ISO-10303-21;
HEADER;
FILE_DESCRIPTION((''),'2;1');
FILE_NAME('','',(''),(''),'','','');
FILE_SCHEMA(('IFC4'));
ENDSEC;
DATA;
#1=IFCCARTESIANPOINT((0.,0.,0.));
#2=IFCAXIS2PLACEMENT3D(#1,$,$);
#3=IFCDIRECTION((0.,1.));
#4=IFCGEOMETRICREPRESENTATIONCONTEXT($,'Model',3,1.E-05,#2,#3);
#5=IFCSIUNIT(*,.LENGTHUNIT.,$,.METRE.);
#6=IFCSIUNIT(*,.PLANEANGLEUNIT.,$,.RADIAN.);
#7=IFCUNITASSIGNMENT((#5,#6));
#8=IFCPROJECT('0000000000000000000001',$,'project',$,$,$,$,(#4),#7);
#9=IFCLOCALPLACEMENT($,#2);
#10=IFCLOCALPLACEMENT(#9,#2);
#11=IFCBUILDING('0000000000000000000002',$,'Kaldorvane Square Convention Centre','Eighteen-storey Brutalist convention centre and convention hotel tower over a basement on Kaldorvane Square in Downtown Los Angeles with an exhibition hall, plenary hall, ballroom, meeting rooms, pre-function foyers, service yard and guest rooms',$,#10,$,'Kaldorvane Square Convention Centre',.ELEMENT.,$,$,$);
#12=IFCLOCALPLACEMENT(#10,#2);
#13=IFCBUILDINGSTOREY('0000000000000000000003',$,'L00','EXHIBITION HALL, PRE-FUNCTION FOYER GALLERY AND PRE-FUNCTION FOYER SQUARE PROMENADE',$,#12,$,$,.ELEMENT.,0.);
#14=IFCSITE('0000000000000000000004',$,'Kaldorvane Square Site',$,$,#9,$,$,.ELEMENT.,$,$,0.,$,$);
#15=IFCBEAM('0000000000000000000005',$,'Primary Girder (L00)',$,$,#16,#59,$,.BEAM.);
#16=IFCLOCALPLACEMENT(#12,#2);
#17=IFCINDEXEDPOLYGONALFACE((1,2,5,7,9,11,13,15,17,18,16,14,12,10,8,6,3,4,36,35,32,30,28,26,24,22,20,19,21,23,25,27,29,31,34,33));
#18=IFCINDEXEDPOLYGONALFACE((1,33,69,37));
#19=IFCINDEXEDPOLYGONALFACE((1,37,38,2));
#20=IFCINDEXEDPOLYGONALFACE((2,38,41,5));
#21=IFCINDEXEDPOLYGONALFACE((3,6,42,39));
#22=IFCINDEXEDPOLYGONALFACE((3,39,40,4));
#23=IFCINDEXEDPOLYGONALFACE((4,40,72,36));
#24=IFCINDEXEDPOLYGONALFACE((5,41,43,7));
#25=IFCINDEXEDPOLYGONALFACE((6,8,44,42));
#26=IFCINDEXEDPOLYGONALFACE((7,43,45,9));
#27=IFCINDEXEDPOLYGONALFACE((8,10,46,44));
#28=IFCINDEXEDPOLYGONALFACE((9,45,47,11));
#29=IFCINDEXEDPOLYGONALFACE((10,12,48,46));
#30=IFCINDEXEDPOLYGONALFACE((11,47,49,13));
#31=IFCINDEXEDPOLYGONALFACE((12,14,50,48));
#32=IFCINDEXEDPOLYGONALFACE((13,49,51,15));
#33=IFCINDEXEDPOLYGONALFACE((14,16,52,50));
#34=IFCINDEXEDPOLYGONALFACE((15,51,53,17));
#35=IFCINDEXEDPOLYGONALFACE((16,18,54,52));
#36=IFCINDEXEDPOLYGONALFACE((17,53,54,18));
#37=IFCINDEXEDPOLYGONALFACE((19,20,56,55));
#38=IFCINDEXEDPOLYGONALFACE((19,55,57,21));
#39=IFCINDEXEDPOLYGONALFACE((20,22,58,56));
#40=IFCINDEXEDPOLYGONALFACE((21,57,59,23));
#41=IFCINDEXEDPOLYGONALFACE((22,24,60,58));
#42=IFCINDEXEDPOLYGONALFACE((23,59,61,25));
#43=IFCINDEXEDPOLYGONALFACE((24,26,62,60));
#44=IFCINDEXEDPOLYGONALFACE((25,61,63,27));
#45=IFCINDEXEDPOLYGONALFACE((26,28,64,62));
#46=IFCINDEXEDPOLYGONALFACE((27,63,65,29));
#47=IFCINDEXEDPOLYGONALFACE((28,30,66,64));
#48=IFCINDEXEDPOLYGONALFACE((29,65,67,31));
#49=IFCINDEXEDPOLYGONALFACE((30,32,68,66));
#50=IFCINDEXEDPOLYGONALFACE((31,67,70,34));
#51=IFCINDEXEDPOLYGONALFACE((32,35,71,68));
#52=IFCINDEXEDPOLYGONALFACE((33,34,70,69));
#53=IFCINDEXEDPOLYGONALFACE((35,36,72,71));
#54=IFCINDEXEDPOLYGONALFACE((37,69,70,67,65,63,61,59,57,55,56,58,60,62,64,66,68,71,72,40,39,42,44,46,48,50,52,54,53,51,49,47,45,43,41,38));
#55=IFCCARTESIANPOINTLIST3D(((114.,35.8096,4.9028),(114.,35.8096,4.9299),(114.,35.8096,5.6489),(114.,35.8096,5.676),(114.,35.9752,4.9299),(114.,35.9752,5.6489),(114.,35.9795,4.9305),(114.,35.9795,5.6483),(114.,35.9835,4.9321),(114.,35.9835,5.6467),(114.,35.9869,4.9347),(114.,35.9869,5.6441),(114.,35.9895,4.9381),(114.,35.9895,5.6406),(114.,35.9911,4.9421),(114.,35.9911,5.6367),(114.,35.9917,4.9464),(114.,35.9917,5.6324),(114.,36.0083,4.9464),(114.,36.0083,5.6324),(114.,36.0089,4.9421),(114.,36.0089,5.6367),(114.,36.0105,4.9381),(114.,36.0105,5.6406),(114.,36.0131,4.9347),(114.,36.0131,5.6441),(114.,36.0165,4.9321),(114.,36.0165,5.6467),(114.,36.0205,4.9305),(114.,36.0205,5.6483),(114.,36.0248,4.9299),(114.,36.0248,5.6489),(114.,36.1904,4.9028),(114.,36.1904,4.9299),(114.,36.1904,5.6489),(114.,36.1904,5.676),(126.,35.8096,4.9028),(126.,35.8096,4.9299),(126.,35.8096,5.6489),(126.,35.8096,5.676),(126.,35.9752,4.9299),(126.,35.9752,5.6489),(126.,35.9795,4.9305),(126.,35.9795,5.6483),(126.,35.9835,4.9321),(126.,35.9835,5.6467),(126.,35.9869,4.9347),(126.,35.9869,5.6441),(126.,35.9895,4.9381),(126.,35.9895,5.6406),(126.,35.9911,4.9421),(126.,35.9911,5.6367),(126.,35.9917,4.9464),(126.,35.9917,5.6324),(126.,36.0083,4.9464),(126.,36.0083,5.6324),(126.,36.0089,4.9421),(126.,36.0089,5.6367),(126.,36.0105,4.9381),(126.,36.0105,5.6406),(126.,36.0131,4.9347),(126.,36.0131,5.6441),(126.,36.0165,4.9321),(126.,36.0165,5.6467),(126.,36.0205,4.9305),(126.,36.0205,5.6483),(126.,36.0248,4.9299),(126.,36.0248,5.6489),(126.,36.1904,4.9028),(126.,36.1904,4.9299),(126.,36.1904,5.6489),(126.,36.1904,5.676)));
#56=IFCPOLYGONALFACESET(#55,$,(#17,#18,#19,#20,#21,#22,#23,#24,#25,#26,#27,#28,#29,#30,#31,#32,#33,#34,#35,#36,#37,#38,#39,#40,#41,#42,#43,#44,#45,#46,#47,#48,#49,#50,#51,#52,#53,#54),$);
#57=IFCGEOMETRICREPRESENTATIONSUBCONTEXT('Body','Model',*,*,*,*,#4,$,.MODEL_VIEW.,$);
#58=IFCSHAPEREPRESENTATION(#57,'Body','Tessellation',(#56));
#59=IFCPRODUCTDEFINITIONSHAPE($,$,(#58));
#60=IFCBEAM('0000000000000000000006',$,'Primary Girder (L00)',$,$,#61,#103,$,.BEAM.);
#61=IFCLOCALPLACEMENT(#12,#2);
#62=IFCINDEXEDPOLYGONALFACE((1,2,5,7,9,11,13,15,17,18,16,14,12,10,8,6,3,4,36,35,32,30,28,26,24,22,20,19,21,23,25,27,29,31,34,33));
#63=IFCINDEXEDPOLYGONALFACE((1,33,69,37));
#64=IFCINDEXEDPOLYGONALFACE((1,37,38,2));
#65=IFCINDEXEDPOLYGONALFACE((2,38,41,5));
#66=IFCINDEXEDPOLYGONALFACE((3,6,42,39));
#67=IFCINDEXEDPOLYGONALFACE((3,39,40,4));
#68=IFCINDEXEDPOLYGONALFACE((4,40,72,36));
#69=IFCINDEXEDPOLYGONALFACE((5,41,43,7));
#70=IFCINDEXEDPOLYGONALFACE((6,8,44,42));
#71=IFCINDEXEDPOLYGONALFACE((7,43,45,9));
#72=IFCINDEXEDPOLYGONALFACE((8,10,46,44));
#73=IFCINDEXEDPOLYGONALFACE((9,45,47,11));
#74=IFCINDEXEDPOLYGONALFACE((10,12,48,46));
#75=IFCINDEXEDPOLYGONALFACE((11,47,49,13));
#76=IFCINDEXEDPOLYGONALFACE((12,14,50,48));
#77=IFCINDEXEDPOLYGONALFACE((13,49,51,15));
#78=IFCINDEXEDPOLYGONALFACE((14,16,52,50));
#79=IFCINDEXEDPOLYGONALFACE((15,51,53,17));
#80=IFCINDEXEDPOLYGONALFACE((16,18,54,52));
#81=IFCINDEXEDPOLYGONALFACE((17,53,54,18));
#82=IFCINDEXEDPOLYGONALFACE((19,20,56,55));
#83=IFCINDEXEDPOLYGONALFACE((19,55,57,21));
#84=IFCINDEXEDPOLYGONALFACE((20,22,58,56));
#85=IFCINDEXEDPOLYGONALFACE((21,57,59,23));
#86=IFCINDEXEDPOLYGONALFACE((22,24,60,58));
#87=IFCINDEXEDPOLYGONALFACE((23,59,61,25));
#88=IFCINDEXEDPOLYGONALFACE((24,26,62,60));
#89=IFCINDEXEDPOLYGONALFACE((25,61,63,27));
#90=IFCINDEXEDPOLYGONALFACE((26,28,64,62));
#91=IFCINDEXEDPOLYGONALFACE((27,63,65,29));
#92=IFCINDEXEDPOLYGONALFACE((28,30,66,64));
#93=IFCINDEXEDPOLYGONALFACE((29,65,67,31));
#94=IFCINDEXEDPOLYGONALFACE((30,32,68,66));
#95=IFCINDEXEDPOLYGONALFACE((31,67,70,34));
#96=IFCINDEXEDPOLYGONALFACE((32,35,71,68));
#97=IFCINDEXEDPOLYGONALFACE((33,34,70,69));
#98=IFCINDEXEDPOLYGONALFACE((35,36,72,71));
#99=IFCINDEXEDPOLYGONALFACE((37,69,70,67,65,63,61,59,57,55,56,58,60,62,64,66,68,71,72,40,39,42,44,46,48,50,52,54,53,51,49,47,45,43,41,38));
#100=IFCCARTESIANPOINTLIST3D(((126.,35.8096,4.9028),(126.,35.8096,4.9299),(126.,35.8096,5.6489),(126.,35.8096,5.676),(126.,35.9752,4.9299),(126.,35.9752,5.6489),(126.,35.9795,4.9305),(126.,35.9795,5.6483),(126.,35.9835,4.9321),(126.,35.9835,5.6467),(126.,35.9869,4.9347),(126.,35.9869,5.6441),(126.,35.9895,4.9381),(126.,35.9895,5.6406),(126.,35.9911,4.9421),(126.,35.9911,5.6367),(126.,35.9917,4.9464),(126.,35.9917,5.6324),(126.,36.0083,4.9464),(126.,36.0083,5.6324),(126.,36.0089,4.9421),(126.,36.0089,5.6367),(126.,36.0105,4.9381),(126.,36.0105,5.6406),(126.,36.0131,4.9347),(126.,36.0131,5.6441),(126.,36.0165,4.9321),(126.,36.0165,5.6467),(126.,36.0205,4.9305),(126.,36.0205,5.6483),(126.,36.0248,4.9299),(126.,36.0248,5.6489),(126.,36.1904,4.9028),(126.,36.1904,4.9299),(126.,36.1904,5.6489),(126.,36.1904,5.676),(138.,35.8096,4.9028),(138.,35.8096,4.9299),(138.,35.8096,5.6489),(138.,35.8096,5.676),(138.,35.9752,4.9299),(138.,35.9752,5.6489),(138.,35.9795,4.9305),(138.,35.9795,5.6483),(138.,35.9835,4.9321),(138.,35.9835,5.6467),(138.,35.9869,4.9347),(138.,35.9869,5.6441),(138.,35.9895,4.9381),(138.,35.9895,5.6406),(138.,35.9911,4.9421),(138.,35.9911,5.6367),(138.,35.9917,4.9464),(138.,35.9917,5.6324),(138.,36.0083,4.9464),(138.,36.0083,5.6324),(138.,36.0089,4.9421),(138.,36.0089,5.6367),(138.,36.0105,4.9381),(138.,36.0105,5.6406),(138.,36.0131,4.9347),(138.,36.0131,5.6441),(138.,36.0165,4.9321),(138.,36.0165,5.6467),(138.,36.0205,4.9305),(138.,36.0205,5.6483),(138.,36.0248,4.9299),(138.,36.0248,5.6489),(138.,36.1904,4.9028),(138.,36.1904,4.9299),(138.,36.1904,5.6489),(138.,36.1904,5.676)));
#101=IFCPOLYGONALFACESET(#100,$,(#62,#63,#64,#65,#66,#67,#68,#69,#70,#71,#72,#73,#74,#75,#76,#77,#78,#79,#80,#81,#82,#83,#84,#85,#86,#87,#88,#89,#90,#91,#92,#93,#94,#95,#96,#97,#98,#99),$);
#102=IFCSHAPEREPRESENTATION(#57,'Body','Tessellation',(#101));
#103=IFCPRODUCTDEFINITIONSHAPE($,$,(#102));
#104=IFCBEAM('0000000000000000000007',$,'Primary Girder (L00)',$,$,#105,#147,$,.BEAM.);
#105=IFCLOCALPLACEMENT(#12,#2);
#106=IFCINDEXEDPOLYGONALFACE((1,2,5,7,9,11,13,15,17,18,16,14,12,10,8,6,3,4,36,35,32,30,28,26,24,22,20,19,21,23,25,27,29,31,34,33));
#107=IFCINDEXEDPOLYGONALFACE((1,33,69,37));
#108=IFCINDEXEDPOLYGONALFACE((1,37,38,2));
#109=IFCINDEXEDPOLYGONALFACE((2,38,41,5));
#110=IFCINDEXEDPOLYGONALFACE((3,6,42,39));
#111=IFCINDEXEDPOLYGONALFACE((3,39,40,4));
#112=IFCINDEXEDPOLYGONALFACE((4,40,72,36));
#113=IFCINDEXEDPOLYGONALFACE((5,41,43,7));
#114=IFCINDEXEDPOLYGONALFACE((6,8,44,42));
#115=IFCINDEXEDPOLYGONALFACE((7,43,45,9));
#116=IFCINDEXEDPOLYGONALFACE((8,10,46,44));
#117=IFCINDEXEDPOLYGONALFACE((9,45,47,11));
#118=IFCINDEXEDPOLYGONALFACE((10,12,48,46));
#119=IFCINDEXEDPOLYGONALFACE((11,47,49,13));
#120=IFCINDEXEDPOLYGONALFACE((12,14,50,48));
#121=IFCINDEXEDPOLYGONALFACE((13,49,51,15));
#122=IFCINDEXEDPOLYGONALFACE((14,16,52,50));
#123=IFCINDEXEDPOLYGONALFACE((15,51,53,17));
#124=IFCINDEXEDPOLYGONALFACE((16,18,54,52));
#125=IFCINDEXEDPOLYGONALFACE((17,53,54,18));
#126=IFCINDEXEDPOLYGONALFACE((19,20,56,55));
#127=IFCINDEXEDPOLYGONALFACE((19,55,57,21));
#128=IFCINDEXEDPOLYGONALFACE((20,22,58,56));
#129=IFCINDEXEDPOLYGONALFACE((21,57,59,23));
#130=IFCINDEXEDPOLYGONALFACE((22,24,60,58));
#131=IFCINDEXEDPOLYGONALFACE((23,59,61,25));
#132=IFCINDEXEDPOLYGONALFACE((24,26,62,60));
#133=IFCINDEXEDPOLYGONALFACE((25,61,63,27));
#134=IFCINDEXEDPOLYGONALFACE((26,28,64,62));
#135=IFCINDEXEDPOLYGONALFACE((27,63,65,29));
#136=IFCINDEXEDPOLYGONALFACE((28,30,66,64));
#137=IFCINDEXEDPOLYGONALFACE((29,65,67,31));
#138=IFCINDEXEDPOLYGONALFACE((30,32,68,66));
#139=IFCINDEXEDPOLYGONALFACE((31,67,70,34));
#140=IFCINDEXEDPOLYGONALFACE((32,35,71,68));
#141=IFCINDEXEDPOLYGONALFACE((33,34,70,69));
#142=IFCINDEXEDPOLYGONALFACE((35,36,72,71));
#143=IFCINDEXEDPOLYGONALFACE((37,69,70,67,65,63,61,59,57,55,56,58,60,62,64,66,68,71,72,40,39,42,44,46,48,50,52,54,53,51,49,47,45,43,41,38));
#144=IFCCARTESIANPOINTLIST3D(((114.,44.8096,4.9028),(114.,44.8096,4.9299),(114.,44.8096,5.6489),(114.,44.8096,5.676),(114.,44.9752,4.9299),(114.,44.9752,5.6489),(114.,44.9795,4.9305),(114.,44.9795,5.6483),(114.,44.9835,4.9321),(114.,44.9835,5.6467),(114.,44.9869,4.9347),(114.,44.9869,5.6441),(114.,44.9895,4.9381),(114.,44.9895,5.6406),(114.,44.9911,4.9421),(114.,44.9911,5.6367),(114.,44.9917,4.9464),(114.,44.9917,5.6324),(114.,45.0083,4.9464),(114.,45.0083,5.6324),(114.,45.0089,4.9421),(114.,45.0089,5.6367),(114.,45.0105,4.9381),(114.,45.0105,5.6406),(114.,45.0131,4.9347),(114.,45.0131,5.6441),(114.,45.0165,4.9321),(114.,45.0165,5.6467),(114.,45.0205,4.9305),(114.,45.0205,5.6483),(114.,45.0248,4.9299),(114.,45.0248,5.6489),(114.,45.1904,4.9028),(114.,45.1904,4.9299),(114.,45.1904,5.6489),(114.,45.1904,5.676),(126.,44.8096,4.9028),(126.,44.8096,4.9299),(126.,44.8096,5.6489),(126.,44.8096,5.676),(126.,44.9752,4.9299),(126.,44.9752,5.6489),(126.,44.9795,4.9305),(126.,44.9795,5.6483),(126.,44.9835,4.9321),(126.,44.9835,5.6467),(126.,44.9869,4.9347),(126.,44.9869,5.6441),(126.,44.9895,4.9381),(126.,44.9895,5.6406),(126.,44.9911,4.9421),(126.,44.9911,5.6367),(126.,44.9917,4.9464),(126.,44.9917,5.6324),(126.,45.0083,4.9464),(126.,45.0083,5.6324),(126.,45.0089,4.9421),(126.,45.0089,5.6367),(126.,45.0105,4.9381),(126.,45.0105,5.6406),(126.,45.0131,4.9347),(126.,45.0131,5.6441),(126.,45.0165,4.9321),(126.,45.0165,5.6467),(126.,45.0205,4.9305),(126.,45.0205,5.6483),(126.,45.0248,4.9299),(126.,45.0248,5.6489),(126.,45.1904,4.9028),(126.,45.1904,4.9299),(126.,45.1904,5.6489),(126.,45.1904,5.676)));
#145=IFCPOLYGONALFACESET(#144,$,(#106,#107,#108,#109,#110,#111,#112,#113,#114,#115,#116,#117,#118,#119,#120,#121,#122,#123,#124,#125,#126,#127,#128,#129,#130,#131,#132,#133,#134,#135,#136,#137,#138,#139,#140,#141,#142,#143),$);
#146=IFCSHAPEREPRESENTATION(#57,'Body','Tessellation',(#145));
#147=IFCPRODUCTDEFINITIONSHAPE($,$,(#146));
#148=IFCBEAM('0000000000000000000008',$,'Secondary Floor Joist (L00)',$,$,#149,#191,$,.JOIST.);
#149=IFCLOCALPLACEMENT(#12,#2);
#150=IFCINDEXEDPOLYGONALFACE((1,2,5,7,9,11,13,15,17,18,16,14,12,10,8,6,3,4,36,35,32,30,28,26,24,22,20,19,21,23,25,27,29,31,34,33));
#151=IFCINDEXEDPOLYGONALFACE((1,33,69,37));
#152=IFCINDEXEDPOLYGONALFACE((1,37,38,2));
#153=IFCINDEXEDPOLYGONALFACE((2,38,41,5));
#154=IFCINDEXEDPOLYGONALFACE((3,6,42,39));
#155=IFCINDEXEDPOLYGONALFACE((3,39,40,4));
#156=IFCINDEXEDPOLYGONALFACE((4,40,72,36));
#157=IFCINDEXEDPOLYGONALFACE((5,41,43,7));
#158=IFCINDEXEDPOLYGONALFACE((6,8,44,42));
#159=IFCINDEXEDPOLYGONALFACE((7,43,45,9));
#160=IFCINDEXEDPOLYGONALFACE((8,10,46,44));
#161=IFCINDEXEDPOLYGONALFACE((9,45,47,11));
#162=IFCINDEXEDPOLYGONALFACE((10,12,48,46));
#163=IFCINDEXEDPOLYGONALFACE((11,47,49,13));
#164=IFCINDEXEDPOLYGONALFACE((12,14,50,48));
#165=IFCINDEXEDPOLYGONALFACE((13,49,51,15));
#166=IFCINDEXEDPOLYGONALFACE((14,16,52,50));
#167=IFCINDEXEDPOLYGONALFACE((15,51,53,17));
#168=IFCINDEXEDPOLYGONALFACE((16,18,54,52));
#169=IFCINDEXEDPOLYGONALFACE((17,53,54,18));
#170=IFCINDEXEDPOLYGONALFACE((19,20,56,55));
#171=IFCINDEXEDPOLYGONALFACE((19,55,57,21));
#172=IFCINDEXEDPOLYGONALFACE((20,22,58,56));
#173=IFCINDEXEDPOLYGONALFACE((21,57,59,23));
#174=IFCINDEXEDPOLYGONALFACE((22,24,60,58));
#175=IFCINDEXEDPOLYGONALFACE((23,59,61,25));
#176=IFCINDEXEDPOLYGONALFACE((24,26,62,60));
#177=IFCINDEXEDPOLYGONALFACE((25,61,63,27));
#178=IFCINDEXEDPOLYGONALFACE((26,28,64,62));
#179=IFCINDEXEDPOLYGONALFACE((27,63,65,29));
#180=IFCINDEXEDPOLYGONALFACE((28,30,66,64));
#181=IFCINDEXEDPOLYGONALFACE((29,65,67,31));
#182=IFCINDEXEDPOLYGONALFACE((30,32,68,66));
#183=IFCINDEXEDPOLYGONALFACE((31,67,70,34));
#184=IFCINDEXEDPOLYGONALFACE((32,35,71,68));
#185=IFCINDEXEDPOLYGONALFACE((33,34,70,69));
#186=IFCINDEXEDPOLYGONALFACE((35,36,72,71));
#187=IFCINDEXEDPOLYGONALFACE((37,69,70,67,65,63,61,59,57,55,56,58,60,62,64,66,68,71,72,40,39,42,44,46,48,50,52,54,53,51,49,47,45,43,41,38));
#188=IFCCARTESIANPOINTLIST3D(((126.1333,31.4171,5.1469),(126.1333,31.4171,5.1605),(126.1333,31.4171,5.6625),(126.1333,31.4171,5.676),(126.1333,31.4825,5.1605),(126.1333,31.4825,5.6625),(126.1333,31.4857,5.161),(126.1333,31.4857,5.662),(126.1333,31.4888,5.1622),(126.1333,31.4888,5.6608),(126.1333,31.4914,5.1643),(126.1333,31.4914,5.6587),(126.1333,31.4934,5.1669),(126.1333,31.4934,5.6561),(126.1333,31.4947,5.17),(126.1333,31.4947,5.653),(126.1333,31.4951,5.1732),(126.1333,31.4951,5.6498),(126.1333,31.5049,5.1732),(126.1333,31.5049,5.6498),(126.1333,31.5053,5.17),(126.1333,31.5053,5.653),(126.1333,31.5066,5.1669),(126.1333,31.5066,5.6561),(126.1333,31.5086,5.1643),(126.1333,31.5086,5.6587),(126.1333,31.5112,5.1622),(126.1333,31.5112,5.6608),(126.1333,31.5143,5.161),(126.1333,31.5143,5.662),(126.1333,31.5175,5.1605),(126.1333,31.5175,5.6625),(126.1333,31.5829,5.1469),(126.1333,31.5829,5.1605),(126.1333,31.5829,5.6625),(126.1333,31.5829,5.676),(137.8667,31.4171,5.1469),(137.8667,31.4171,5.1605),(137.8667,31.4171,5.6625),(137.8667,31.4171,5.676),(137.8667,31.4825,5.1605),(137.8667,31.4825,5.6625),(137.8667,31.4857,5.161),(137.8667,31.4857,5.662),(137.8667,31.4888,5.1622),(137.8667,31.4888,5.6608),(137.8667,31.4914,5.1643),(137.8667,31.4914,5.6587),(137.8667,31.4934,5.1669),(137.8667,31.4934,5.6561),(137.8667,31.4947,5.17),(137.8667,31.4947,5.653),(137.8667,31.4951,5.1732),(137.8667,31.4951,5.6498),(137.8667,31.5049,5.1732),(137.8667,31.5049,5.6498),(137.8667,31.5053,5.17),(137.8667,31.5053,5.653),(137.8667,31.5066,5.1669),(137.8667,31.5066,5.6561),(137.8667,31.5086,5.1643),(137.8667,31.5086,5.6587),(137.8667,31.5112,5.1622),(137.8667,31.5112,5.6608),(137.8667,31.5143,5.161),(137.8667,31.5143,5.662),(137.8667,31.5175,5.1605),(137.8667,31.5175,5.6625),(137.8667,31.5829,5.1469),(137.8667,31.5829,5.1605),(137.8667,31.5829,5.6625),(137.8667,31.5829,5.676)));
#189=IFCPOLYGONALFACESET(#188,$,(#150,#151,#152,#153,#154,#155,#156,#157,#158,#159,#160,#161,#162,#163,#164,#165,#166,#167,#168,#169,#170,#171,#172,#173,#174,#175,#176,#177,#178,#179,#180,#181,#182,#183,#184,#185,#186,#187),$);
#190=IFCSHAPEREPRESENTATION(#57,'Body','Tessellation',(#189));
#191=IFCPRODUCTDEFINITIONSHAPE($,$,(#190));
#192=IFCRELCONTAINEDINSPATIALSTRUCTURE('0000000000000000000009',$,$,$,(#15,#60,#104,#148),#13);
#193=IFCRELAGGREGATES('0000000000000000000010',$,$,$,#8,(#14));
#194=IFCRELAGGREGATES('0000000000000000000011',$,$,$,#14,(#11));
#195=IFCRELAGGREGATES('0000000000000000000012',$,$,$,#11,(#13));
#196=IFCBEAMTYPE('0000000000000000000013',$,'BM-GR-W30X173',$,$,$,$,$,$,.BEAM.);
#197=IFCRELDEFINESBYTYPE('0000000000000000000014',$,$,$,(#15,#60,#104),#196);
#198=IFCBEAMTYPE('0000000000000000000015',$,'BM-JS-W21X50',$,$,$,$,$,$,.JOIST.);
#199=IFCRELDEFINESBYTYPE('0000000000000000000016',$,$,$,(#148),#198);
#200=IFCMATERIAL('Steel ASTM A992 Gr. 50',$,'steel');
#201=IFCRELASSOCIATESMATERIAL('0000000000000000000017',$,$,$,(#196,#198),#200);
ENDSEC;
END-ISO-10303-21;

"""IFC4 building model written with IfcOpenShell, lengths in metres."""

from ifc_helpers import new_model, si_unit, direction, frame, origin, origin_2d, place, context, subcontext, project, spatial, i_section, extrude, material, material_profile, profile_set, type_object, element, save


model = new_model("IFC4")

# Units and contexts
model_context = context("Model", 3, precision=1e-05, world=origin(), true_north=direction((0.0, 1.0)))
body_context = subcontext(model_context, "Body", "Model", "MODEL_VIEW")
ifc_project = project(units=[si_unit("LENGTHUNIT", "METRE"), si_unit("PLANEANGLEUNIT", "RADIAN")], contexts=[model_context])

# Site, building, storey
site_placement = place(None, origin())
site = spatial("IfcSite", under=ifc_project, at=site_placement, Name="Kaldorvane Square Site", CompositionType="ELEMENT", RefElevation=0.0)
building_placement = place(site_placement, origin())
building = spatial("IfcBuilding", under=site, at=building_placement, Name="Kaldorvane Square Convention Centre", Description="Eighteen-storey Brutalist convention centre and convention hotel tower over a basement on Kaldorvane Square in Downtown Los Angeles with an exhibition hall, plenary hall, ballroom, meeting rooms, pre-function foyers, service yard and guest rooms", LongName="Kaldorvane Square Convention Centre", CompositionType="ELEMENT")
storey_placement = place(building_placement, origin())
storey = spatial("IfcBuildingStorey", under=building, at=storey_placement, Name="L00", Description="EXHIBITION HALL, PRE-FUNCTION FOYER GALLERY AND PRE-FUNCTION FOYER SQUARE PROMENADE", CompositionType="ELEMENT", Elevation=0.0)

# Shared definitions
ifc_material_1 = material(Name="Steel ASTM A992 Gr. 50", Category="steel")

# Beams
ifc_material_profile_1 = material_profile(ifc_material_1, i_section(OverallWidth=0.3807, OverallDepth=0.7732, WebThickness=0.0166, FlangeThickness=0.0271, FilletRadius=0.0165, at=origin_2d()), Name="W30X173")
ifc_profile_set_1 = profile_set([ifc_material_profile_1], Name="Steel ASTM A992 Gr. 50")
beam_type_1 = type_object("IfcBeamType", Name="BM-GR-W30X173", PredefinedType="BEAM", material=ifc_profile_set_1)
for number, where, z_axis, x_axis, name in (
    (1, (114.0, 36.0, 5.2894), (1.0, 0.0, 0.0), (0.0, 1.0, 0.0), "Primary Girder (L00)"),
    (2, (126.0, 36.0, 5.2894), (1.0, 0.0, 0.0), (0.0, 1.0, 0.0), "Primary Girder (L00)"),
    (3, (114.0, 45.0, 5.2894), (1.0, 0.0, 0.0), (0.0, 1.0, 0.0), "Primary Girder (L00)"),
):
    element("IfcBeam", number, at=place(storey_placement, frame(where, z_axis=z_axis, x_axis=x_axis)), inside=storey, type_object=beam_type_1, Name=name, PredefinedType="BEAM", context=body_context, shape_type="SweptSolid", body=[
        extrude(i_section(OverallWidth=0.3807, OverallDepth=0.7732, WebThickness=0.0166, FlangeThickness=0.0271, FilletRadius=0.0165, at=origin_2d()), origin(), (0.0, 0.0, 1.0), 12.0),
    ])
ifc_material_profile_2 = material_profile(ifc_material_1, i_section(OverallWidth=0.1659, OverallDepth=0.5291, WebThickness=0.0097, FlangeThickness=0.0136, FilletRadius=0.0127, at=origin_2d()), Name="W21X50")
ifc_profile_set_2 = profile_set([ifc_material_profile_2], Name="Steel ASTM A992 Gr. 50")
beam_type_2 = type_object("IfcBeamType", Name="BM-JS-W21X50", PredefinedType="JOIST", material=ifc_profile_set_2)
for number, where, z_axis, x_axis, name in (
    (4, (126.1333, 31.5, 5.4115), (1.0, 0.0, 0.0), (0.0, 1.0, 0.0), "Secondary Floor Joist (L00)"),
):
    element("IfcBeam", number, at=place(storey_placement, frame(where, z_axis=z_axis, x_axis=x_axis)), inside=storey, type_object=beam_type_2, Name=name, PredefinedType="JOIST", context=body_context, shape_type="SweptSolid", body=[
        extrude(i_section(OverallWidth=0.1659, OverallDepth=0.5291, WebThickness=0.0097, FlangeThickness=0.0136, FilletRadius=0.0127, at=origin_2d()), origin(), (0.0, 0.0, 1.0), 11.7334),
    ])

save(model, "model.ifc")
